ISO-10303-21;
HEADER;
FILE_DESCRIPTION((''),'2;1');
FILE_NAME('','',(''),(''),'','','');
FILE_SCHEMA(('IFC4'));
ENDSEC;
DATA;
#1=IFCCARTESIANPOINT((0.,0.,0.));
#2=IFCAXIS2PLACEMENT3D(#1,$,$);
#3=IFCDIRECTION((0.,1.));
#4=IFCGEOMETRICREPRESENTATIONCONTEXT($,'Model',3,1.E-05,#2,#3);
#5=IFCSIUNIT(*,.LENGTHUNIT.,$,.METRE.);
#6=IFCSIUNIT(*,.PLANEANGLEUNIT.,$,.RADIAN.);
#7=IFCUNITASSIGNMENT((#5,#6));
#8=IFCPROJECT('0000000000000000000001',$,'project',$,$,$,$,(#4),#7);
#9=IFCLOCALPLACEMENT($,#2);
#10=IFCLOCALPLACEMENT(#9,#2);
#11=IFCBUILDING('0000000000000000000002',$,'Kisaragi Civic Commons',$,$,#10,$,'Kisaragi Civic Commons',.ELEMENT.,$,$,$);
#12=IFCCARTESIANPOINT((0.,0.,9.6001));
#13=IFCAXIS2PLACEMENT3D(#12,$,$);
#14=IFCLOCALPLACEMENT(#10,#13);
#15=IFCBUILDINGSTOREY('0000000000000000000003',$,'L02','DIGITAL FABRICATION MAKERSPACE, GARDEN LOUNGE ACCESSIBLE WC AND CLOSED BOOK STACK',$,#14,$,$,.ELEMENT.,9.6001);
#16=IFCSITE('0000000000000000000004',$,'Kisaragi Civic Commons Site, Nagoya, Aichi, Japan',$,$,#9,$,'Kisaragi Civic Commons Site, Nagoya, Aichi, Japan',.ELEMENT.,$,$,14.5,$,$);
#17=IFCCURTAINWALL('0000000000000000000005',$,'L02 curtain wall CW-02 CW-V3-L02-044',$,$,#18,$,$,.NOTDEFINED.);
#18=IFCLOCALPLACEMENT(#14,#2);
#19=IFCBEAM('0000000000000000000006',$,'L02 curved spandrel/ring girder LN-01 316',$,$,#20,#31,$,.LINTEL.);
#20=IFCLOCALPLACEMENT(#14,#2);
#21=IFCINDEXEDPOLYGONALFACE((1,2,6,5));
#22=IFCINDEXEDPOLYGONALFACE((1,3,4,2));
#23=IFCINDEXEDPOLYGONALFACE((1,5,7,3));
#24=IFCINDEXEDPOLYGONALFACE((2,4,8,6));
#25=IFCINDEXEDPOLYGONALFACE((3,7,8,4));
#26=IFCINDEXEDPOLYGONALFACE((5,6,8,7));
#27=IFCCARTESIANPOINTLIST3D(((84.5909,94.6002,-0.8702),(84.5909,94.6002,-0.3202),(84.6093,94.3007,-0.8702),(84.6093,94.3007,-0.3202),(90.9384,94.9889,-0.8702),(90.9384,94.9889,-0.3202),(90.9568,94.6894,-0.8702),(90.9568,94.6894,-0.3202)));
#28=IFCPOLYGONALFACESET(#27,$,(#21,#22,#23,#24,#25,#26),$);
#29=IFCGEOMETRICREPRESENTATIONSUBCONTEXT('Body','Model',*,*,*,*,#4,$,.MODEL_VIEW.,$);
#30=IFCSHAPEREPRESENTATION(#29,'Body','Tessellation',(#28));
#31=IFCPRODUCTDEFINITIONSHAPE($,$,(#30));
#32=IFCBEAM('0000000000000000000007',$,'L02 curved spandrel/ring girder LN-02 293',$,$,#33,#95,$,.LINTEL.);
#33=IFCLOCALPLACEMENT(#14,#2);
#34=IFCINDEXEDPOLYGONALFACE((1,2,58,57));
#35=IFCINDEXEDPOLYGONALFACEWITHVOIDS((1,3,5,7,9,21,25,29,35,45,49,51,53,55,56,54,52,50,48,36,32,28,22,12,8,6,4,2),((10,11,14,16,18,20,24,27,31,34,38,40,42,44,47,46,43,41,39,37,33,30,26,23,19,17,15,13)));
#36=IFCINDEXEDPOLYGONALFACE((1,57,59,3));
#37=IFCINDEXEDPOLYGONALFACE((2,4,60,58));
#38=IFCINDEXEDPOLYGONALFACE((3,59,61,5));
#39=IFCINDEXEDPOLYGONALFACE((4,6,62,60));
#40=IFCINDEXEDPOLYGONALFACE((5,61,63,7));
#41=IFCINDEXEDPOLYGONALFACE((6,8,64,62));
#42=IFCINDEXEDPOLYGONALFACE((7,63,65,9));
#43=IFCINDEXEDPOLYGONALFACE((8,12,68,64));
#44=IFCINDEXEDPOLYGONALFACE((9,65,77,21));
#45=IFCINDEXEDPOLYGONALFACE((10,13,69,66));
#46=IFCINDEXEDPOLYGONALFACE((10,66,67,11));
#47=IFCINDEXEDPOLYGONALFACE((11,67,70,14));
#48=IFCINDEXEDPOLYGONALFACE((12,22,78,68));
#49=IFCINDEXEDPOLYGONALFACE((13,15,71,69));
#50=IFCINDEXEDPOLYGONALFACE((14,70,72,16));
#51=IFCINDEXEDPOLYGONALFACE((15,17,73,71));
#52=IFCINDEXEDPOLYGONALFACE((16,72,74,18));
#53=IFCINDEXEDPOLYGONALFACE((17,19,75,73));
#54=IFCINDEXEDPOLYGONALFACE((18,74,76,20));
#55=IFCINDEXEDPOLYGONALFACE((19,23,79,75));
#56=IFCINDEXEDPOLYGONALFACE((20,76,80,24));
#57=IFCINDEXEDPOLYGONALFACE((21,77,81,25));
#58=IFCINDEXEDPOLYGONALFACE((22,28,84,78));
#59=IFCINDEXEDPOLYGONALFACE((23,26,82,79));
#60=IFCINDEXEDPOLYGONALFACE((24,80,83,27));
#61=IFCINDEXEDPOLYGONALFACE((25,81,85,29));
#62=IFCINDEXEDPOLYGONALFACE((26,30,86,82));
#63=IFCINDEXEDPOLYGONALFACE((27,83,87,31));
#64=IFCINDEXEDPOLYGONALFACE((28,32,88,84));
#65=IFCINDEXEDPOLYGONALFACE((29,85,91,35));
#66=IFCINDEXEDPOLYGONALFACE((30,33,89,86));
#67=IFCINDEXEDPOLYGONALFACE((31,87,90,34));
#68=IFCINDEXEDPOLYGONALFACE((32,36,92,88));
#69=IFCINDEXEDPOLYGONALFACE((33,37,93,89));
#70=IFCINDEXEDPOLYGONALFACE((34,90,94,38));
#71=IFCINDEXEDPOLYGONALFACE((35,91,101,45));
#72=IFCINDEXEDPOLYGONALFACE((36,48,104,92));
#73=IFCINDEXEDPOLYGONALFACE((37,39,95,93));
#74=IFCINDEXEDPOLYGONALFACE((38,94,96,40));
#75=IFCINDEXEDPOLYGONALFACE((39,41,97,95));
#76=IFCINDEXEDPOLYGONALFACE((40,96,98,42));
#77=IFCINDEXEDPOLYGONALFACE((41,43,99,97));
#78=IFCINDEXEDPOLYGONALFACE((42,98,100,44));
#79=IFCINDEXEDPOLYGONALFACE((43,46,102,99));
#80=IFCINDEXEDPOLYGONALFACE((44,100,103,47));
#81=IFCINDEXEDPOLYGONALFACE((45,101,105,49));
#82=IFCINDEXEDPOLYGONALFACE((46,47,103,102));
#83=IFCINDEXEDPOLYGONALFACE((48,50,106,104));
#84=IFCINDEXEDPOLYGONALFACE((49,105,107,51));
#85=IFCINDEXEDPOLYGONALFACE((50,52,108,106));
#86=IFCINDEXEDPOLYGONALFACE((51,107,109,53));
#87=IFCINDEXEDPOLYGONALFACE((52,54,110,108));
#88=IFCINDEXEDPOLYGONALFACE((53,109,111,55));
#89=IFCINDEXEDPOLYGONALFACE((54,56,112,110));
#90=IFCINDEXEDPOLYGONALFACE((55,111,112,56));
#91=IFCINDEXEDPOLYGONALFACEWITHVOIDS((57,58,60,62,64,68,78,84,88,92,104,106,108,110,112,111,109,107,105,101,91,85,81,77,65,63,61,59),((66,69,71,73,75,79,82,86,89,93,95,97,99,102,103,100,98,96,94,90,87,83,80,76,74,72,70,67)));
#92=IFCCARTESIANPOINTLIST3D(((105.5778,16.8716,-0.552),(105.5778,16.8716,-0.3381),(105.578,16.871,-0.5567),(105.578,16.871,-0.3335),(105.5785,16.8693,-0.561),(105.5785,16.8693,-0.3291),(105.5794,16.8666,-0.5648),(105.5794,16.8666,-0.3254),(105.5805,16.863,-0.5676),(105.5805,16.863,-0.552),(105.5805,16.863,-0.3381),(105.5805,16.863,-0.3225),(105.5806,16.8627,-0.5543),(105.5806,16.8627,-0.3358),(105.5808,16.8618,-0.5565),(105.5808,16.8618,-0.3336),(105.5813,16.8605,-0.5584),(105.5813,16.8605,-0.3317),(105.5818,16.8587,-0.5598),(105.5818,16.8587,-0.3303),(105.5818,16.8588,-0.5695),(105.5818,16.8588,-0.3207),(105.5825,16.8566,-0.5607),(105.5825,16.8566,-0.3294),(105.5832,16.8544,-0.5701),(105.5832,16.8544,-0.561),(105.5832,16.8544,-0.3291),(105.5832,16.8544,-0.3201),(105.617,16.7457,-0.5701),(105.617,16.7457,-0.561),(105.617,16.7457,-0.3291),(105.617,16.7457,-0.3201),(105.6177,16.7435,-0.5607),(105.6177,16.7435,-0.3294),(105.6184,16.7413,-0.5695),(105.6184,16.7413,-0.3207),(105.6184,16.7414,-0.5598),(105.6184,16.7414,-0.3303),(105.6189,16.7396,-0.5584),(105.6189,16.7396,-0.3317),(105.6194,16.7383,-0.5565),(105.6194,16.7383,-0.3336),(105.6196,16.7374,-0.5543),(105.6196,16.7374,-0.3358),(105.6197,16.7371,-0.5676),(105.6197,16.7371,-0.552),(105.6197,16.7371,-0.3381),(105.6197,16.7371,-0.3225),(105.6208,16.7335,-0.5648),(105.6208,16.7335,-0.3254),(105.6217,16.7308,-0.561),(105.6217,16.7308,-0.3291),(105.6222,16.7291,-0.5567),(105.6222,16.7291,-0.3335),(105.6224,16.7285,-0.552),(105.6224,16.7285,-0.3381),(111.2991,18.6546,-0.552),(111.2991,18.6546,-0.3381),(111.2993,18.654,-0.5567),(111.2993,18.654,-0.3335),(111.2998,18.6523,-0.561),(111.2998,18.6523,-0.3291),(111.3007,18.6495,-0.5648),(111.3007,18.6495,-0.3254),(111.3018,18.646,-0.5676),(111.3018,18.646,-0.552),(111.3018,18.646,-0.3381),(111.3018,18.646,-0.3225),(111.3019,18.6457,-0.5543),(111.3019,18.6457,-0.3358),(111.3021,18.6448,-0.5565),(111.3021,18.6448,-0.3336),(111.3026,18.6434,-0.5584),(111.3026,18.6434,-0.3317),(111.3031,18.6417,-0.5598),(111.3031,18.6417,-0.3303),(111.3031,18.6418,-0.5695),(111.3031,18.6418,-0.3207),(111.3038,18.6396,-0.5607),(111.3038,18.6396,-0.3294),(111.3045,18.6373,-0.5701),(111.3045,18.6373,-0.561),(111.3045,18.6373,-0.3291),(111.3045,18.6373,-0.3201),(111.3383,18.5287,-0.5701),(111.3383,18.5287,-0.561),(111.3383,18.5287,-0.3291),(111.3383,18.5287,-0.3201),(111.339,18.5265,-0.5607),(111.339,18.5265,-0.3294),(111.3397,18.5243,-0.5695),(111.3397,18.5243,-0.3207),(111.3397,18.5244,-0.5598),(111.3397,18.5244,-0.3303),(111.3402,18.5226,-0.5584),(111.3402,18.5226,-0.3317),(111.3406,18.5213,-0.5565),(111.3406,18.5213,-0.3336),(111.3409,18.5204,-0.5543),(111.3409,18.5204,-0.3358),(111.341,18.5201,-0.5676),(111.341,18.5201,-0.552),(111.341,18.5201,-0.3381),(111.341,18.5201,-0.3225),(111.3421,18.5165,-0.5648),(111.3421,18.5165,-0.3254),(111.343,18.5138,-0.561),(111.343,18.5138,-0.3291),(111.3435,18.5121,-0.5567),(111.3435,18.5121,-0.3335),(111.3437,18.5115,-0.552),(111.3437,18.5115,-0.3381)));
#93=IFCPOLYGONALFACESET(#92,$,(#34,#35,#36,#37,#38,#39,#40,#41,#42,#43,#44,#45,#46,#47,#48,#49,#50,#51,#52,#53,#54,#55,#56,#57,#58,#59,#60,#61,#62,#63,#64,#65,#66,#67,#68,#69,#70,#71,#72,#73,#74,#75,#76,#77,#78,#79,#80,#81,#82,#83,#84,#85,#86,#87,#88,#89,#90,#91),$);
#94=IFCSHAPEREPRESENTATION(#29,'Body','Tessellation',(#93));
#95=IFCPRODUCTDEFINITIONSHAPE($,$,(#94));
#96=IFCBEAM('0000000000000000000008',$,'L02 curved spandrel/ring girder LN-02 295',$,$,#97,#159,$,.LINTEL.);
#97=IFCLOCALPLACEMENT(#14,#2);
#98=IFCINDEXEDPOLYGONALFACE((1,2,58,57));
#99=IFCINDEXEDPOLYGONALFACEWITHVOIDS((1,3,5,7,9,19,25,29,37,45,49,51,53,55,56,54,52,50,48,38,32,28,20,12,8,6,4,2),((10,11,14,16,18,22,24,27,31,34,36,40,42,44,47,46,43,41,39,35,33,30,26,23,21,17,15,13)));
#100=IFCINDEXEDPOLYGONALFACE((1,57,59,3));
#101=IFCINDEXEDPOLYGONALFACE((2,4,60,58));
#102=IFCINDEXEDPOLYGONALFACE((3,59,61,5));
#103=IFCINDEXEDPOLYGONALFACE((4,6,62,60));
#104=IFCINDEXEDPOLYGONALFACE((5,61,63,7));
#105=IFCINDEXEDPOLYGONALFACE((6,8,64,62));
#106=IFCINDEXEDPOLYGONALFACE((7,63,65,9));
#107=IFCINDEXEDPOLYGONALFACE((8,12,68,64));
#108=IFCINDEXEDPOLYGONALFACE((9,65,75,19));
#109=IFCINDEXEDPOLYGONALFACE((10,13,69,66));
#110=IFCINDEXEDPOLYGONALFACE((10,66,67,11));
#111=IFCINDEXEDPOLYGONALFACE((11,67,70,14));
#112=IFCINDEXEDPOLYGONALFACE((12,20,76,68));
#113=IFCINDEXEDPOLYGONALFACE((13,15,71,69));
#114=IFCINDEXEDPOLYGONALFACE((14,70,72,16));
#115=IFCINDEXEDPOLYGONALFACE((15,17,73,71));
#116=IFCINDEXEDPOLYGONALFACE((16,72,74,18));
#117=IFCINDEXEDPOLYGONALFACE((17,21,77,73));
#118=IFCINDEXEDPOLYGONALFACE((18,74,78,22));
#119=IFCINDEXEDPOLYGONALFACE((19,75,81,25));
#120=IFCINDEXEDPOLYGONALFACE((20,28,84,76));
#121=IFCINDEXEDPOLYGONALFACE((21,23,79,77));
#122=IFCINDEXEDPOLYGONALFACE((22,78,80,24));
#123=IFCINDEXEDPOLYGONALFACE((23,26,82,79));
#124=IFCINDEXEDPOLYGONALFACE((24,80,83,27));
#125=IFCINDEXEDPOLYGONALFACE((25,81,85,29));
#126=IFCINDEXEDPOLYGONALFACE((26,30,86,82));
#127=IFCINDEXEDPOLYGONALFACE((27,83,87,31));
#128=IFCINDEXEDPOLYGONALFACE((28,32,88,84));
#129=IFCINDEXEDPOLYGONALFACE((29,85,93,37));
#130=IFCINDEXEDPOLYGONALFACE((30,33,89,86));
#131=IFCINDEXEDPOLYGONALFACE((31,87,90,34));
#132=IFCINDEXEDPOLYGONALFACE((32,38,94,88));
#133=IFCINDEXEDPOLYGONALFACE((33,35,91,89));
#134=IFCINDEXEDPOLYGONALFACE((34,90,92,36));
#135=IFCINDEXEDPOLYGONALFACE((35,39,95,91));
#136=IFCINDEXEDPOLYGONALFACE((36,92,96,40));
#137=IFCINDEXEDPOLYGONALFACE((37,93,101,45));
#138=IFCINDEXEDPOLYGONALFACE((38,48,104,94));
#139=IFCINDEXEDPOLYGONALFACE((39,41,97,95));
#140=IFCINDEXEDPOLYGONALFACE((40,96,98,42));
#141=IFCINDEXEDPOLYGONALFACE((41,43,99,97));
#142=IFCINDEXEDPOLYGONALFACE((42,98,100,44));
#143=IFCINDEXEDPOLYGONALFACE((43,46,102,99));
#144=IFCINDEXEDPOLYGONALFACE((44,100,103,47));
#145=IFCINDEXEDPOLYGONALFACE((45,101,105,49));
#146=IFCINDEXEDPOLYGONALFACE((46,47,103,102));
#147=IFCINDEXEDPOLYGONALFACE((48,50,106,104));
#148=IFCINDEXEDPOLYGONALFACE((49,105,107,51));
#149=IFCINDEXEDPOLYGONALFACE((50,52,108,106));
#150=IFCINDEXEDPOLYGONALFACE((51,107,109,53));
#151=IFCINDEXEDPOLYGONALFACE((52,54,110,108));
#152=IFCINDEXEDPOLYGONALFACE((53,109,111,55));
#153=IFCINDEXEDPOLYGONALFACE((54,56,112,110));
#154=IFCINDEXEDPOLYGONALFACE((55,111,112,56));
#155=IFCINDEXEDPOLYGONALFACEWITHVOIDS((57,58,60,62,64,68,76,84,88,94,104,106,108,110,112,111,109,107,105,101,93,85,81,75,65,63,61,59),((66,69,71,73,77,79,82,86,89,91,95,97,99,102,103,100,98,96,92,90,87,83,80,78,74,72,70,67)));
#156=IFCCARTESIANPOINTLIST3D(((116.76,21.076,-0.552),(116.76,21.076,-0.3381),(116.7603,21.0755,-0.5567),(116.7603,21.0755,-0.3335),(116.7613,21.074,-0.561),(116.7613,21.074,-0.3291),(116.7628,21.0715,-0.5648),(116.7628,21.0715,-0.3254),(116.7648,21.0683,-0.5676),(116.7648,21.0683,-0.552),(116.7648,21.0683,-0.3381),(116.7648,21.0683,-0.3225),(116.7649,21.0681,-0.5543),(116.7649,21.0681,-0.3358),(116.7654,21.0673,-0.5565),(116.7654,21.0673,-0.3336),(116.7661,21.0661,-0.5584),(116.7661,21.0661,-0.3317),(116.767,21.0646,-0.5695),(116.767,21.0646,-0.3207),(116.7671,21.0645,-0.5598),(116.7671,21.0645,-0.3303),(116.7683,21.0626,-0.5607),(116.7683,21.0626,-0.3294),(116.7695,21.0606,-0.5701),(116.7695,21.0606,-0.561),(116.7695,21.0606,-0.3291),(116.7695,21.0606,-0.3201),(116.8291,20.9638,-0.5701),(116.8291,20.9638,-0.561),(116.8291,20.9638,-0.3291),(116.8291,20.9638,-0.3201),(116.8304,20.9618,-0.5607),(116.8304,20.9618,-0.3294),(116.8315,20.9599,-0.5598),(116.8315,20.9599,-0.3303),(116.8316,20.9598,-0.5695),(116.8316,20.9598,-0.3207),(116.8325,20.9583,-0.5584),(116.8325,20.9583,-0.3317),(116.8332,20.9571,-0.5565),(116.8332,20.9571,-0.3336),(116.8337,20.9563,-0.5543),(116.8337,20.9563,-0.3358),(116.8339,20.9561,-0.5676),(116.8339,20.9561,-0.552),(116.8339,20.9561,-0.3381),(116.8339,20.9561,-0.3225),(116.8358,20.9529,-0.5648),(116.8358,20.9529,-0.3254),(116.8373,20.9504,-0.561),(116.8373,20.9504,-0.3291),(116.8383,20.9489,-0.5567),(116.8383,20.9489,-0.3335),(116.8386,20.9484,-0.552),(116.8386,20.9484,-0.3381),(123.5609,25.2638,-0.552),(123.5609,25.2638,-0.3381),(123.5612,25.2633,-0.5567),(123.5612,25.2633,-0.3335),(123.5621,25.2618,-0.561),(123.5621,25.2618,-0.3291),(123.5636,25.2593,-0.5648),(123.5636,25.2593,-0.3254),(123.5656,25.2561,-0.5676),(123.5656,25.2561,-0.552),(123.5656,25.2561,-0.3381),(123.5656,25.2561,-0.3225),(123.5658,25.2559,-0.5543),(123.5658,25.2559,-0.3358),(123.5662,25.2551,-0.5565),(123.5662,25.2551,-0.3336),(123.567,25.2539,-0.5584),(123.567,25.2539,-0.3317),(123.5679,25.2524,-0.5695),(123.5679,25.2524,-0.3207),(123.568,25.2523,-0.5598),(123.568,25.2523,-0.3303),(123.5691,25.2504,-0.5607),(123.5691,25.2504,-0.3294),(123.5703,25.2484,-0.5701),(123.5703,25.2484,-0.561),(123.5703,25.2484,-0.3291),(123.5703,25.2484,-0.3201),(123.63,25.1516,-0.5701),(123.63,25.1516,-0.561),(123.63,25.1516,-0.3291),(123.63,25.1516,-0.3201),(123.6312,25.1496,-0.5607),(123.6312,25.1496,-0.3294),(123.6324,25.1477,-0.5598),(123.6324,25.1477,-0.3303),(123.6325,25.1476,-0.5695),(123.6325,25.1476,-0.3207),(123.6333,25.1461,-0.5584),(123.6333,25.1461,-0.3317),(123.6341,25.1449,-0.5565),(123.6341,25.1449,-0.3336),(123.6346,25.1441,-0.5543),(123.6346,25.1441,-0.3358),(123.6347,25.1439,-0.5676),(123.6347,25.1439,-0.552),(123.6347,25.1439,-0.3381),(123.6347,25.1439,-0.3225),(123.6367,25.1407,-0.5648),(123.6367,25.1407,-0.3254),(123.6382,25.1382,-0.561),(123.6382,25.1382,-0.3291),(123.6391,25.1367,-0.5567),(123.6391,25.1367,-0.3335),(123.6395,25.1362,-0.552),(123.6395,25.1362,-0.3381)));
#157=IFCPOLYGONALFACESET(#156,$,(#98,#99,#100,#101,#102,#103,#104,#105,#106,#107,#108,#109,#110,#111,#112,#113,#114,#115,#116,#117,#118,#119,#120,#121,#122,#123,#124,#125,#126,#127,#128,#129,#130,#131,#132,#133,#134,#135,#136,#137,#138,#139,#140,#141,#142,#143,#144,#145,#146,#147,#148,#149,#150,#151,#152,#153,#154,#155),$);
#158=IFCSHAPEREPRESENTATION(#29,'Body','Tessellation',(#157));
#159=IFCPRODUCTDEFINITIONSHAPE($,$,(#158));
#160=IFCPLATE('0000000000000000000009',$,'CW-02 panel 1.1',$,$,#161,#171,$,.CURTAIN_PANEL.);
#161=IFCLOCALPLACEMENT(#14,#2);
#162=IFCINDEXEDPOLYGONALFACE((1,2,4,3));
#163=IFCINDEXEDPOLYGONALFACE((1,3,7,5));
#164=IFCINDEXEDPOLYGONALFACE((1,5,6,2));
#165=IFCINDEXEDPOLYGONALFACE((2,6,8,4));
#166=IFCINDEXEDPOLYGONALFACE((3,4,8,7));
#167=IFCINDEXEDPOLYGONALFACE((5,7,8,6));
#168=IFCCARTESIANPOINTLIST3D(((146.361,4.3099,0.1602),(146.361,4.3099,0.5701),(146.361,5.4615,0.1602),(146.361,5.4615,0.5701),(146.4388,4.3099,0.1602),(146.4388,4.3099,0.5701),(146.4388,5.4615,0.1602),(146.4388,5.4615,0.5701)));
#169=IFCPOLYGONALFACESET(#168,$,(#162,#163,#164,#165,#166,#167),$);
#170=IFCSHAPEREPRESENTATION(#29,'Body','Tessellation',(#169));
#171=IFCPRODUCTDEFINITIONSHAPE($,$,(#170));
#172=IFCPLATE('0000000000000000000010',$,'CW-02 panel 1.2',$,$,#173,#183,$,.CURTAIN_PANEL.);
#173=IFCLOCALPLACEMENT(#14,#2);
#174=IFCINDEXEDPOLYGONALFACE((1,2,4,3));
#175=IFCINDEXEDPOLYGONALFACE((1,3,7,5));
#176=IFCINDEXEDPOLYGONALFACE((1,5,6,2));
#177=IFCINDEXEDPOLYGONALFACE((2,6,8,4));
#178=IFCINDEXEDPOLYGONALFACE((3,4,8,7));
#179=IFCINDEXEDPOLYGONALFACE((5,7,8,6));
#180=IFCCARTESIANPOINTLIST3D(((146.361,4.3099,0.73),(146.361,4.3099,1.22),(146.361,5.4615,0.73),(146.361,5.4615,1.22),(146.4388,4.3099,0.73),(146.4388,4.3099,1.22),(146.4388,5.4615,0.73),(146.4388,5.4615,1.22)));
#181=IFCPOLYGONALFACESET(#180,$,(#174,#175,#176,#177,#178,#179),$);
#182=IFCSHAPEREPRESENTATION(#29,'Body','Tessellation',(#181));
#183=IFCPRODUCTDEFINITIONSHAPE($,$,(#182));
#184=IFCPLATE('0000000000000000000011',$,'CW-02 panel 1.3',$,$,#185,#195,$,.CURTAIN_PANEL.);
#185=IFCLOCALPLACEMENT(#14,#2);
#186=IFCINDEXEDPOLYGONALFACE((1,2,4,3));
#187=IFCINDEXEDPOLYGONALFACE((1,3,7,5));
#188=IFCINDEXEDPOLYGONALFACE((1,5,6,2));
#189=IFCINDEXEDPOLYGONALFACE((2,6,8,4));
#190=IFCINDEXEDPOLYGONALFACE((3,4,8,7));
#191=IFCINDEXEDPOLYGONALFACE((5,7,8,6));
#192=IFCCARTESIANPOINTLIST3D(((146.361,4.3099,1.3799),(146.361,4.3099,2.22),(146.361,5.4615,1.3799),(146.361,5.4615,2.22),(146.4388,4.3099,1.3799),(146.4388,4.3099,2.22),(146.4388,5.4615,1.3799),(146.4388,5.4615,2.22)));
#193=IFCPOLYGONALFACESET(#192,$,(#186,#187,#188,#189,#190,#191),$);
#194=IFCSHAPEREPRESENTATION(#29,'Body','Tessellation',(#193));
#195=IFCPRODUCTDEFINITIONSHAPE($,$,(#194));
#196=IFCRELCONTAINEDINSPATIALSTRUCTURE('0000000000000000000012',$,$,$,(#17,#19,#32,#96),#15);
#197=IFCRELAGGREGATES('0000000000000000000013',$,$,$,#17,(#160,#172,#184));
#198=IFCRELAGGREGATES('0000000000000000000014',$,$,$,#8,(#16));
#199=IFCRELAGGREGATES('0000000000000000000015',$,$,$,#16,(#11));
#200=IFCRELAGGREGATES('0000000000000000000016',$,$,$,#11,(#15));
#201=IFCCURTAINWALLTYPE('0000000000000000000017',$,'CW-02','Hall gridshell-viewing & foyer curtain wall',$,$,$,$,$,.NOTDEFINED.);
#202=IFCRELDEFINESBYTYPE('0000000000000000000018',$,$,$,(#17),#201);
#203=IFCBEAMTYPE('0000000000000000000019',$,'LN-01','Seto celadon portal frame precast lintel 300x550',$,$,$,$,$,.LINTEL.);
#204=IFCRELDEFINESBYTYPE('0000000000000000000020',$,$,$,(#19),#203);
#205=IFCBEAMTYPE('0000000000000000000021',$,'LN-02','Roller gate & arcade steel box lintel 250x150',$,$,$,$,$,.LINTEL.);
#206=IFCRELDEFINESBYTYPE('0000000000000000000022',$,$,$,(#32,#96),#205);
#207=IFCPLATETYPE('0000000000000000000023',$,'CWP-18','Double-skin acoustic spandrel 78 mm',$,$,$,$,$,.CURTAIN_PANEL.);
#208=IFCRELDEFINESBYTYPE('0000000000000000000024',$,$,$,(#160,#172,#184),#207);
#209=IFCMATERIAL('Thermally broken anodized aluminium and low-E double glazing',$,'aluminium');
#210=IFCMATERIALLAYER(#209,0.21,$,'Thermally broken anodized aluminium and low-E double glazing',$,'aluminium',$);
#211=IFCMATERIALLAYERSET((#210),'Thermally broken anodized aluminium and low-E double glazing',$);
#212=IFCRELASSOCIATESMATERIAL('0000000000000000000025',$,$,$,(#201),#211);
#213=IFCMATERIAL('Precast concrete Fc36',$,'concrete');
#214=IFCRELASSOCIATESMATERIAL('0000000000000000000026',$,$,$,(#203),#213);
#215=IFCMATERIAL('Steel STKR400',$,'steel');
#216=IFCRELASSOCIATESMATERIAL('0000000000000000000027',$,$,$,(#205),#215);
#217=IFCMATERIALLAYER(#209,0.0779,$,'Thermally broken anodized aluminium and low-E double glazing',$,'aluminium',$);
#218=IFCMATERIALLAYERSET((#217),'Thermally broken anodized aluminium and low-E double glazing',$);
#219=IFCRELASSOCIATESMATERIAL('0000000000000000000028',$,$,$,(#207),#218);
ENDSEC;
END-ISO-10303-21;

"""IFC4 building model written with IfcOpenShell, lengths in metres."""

from ifc_helpers import new_model, si_unit, direction, frame, origin, origin_2d, place, context, subcontext, project, spatial, rectangle, hollow_rectangle, extrude, material, layer, layer_set, material_profile, profile_set, type_object, element, aggregate, save


model = new_model("IFC4")

# Units and contexts
model_context = context("Model", 3, precision=1e-05, world=origin(), true_north=direction((0.0, 1.0)))
body_context = subcontext(model_context, "Body", "Model", "MODEL_VIEW")
ifc_project = project(units=[si_unit("LENGTHUNIT", "METRE"), si_unit("PLANEANGLEUNIT", "RADIAN")], contexts=[model_context])

# Site, building, storey
site_placement = place(None, origin())
site = spatial("IfcSite", under=ifc_project, at=site_placement, Name="Kisaragi Civic Commons Site, Nagoya, Aichi, Japan", LongName="Kisaragi Civic Commons Site, Nagoya, Aichi, Japan", CompositionType="ELEMENT", RefElevation=14.5)
building_placement = place(site_placement, origin())
building = spatial("IfcBuilding", under=site, at=building_placement, Name="Kisaragi Civic Commons", LongName="Kisaragi Civic Commons", CompositionType="ELEMENT")
storey_placement = place(building_placement, frame((0.0, 0.0, 9.6001)))
storey = spatial("IfcBuildingStorey", under=building, at=storey_placement, Name="L02", Description="DIGITAL FABRICATION MAKERSPACE, GARDEN LOUNGE ACCESSIBLE WC AND CLOSED BOOK STACK", CompositionType="ELEMENT", Elevation=9.6001)

# Curtain wall
ifc_material_1 = material(Name="Thermally broken anodized aluminium and low-E double glazing", Category="aluminium")
ifc_layer_1 = layer(ifc_material_1, 0.21, Name="Thermally broken anodized aluminium and low-E double glazing", Category="aluminium")
ifc_layer_set_1 = layer_set([ifc_layer_1], Name="Thermally broken anodized aluminium and low-E double glazing")
curtain_wall_type = type_object("IfcCurtainWallType", Name="CW-02", Description="Hall gridshell-viewing & foyer curtain wall", PredefinedType="NOTDEFINED", material=ifc_layer_set_1)
curtain_wall_placement = place(storey_placement, origin())
curtain_wall = element("IfcCurtainWall", 1, at=curtain_wall_placement, inside=storey, type_object=curtain_wall_type, Name="L02 curtain wall CW-02 CW-V3-L02-044", PredefinedType="NOTDEFINED")

# Beams
ifc_material_2 = material(Name="Precast concrete Fc36", Category="concrete")
ifc_material_profile_1 = material_profile(ifc_material_2, rectangle(XDim=0.3, YDim=0.55, at=origin_2d()), Name="PC-300x550", Category="concrete")
ifc_profile_set_1 = profile_set([ifc_material_profile_1], Name="Precast concrete Fc36")
beam_type_1 = type_object("IfcBeamType", Name="LN-01", Description="Seto celadon portal frame precast lintel 300x550", PredefinedType="LINTEL", material=ifc_profile_set_1)
beam_1_placement = place(storey_placement, frame((84.6001, 94.4504, -0.5952), z_axis=(0.998131, 0.061119, 0.0), x_axis=(-0.061119, 0.998131, 0.0)))
element("IfcBeam", 2, at=beam_1_placement, inside=storey, type_object=beam_type_1, Name="L02 curved spandrel/ring girder LN-01 316", PredefinedType="LINTEL", context=body_context, shape_type="SweptSolid", body=[
    extrude(rectangle(XDim=0.3, YDim=0.55, at=origin_2d()), origin(), (0.0, 0.0, 1.0), 6.3594),
])
ifc_material_3 = material(Name="Steel STKR400", Category="steel")
ifc_material_profile_2 = material_profile(ifc_material_3, hollow_rectangle(XDim=0.1499, YDim=0.25, WallThickness=0.009, InnerFilletRadius=0.009, OuterFilletRadius=0.0181, at=origin_2d()), Name="STKR-250x150x9", Category="steel")
ifc_profile_set_2 = profile_set([ifc_material_profile_2], Name="Steel STKR400")
beam_type_2 = type_object("IfcBeamType", Name="LN-02", Description="Roller gate & arcade steel box lintel 250x150", PredefinedType="LINTEL", material=ifc_profile_set_2)
beam_2_placement = place(storey_placement, frame((105.6001, 16.8, -0.4451), z_axis=(0.954713, 0.297528, 0.0), x_axis=(-0.297528, 0.954713, 0.0)))
element("IfcBeam", 3, at=beam_2_placement, inside=storey, type_object=beam_type_2, Name="L02 curved spandrel/ring girder LN-02 293", PredefinedType="LINTEL", context=body_context, shape_type="SweptSolid", body=[
    extrude(hollow_rectangle(XDim=0.1499, YDim=0.25, WallThickness=0.009, InnerFilletRadius=0.009, OuterFilletRadius=0.0181, at=origin_2d()), origin(), (0.0, 0.0, 1.0), 5.9927),
])
beam_3_placement = place(storey_placement, frame((116.7993, 21.0122, -0.4451), z_axis=(0.85151, 0.524338, 0.0), x_axis=(-0.524338, 0.85151, 0.0)))
element("IfcBeam", 4, at=beam_3_placement, inside=storey, type_object=beam_type_2, Name="L02 curved spandrel/ring girder LN-02 295", PredefinedType="LINTEL", context=body_context, shape_type="SweptSolid", body=[
    extrude(hollow_rectangle(XDim=0.1499, YDim=0.25, WallThickness=0.009, InnerFilletRadius=0.009, OuterFilletRadius=0.0181, at=origin_2d()), origin(), (0.0, 0.0, 1.0), 7.9868),
])

# Plates
ifc_layer_2 = layer(ifc_material_1, 0.0779, Name="Thermally broken anodized aluminium and low-E double glazing", Category="aluminium")
ifc_layer_set_2 = layer_set([ifc_layer_2], Name="Thermally broken anodized aluminium and low-E double glazing")
plate_type = type_object("IfcPlateType", Name="CWP-18", Description="Double-skin acoustic spandrel 78 mm", PredefinedType="CURTAIN_PANEL", material=ifc_layer_set_2)
plate_1_placement = place(storey_placement, frame((146.3999, 4.8857, 0.1602), z_axis=(0.0, 0.0, 1.0), x_axis=(0.0, 1.0, 0.0)))
plate_1 = element("IfcPlate", 5, at=plate_1_placement, type_object=plate_type, Name="CW-02 panel 1.1", PredefinedType="CURTAIN_PANEL", context=body_context, shape_type="SweptSolid", body=[
    extrude(rectangle(XDim=1.1516, YDim=0.0779, at=origin_2d()), origin(), (0.0, 0.0, 1.0), 0.4099),
])
plate_2_placement = place(storey_placement, frame((146.3999, 4.8857, 0.73), z_axis=(0.0, 0.0, 1.0), x_axis=(0.0, 1.0, 0.0)))
plate_2 = element("IfcPlate", 6, at=plate_2_placement, type_object=plate_type, Name="CW-02 panel 1.2", PredefinedType="CURTAIN_PANEL", context=body_context, shape_type="SweptSolid", body=[
    extrude(rectangle(XDim=1.1516, YDim=0.0779, at=origin_2d()), origin(), (0.0, 0.0, 1.0), 0.49),
])
plate_3_placement = place(storey_placement, frame((146.3999, 4.8857, 1.3799), z_axis=(0.0, 0.0, 1.0), x_axis=(0.0, 1.0, 0.0)))
plate_3 = element("IfcPlate", 7, at=plate_3_placement, type_object=plate_type, Name="CW-02 panel 1.3", PredefinedType="CURTAIN_PANEL", context=body_context, shape_type="SweptSolid", body=[
    extrude(rectangle(XDim=1.1516, YDim=0.0779, at=origin_2d()), origin(), (0.0, 0.0, 1.0), 0.8401),
])
aggregate(curtain_wall, [plate_1, plate_2, plate_3])

save(model, "model.ifc")
